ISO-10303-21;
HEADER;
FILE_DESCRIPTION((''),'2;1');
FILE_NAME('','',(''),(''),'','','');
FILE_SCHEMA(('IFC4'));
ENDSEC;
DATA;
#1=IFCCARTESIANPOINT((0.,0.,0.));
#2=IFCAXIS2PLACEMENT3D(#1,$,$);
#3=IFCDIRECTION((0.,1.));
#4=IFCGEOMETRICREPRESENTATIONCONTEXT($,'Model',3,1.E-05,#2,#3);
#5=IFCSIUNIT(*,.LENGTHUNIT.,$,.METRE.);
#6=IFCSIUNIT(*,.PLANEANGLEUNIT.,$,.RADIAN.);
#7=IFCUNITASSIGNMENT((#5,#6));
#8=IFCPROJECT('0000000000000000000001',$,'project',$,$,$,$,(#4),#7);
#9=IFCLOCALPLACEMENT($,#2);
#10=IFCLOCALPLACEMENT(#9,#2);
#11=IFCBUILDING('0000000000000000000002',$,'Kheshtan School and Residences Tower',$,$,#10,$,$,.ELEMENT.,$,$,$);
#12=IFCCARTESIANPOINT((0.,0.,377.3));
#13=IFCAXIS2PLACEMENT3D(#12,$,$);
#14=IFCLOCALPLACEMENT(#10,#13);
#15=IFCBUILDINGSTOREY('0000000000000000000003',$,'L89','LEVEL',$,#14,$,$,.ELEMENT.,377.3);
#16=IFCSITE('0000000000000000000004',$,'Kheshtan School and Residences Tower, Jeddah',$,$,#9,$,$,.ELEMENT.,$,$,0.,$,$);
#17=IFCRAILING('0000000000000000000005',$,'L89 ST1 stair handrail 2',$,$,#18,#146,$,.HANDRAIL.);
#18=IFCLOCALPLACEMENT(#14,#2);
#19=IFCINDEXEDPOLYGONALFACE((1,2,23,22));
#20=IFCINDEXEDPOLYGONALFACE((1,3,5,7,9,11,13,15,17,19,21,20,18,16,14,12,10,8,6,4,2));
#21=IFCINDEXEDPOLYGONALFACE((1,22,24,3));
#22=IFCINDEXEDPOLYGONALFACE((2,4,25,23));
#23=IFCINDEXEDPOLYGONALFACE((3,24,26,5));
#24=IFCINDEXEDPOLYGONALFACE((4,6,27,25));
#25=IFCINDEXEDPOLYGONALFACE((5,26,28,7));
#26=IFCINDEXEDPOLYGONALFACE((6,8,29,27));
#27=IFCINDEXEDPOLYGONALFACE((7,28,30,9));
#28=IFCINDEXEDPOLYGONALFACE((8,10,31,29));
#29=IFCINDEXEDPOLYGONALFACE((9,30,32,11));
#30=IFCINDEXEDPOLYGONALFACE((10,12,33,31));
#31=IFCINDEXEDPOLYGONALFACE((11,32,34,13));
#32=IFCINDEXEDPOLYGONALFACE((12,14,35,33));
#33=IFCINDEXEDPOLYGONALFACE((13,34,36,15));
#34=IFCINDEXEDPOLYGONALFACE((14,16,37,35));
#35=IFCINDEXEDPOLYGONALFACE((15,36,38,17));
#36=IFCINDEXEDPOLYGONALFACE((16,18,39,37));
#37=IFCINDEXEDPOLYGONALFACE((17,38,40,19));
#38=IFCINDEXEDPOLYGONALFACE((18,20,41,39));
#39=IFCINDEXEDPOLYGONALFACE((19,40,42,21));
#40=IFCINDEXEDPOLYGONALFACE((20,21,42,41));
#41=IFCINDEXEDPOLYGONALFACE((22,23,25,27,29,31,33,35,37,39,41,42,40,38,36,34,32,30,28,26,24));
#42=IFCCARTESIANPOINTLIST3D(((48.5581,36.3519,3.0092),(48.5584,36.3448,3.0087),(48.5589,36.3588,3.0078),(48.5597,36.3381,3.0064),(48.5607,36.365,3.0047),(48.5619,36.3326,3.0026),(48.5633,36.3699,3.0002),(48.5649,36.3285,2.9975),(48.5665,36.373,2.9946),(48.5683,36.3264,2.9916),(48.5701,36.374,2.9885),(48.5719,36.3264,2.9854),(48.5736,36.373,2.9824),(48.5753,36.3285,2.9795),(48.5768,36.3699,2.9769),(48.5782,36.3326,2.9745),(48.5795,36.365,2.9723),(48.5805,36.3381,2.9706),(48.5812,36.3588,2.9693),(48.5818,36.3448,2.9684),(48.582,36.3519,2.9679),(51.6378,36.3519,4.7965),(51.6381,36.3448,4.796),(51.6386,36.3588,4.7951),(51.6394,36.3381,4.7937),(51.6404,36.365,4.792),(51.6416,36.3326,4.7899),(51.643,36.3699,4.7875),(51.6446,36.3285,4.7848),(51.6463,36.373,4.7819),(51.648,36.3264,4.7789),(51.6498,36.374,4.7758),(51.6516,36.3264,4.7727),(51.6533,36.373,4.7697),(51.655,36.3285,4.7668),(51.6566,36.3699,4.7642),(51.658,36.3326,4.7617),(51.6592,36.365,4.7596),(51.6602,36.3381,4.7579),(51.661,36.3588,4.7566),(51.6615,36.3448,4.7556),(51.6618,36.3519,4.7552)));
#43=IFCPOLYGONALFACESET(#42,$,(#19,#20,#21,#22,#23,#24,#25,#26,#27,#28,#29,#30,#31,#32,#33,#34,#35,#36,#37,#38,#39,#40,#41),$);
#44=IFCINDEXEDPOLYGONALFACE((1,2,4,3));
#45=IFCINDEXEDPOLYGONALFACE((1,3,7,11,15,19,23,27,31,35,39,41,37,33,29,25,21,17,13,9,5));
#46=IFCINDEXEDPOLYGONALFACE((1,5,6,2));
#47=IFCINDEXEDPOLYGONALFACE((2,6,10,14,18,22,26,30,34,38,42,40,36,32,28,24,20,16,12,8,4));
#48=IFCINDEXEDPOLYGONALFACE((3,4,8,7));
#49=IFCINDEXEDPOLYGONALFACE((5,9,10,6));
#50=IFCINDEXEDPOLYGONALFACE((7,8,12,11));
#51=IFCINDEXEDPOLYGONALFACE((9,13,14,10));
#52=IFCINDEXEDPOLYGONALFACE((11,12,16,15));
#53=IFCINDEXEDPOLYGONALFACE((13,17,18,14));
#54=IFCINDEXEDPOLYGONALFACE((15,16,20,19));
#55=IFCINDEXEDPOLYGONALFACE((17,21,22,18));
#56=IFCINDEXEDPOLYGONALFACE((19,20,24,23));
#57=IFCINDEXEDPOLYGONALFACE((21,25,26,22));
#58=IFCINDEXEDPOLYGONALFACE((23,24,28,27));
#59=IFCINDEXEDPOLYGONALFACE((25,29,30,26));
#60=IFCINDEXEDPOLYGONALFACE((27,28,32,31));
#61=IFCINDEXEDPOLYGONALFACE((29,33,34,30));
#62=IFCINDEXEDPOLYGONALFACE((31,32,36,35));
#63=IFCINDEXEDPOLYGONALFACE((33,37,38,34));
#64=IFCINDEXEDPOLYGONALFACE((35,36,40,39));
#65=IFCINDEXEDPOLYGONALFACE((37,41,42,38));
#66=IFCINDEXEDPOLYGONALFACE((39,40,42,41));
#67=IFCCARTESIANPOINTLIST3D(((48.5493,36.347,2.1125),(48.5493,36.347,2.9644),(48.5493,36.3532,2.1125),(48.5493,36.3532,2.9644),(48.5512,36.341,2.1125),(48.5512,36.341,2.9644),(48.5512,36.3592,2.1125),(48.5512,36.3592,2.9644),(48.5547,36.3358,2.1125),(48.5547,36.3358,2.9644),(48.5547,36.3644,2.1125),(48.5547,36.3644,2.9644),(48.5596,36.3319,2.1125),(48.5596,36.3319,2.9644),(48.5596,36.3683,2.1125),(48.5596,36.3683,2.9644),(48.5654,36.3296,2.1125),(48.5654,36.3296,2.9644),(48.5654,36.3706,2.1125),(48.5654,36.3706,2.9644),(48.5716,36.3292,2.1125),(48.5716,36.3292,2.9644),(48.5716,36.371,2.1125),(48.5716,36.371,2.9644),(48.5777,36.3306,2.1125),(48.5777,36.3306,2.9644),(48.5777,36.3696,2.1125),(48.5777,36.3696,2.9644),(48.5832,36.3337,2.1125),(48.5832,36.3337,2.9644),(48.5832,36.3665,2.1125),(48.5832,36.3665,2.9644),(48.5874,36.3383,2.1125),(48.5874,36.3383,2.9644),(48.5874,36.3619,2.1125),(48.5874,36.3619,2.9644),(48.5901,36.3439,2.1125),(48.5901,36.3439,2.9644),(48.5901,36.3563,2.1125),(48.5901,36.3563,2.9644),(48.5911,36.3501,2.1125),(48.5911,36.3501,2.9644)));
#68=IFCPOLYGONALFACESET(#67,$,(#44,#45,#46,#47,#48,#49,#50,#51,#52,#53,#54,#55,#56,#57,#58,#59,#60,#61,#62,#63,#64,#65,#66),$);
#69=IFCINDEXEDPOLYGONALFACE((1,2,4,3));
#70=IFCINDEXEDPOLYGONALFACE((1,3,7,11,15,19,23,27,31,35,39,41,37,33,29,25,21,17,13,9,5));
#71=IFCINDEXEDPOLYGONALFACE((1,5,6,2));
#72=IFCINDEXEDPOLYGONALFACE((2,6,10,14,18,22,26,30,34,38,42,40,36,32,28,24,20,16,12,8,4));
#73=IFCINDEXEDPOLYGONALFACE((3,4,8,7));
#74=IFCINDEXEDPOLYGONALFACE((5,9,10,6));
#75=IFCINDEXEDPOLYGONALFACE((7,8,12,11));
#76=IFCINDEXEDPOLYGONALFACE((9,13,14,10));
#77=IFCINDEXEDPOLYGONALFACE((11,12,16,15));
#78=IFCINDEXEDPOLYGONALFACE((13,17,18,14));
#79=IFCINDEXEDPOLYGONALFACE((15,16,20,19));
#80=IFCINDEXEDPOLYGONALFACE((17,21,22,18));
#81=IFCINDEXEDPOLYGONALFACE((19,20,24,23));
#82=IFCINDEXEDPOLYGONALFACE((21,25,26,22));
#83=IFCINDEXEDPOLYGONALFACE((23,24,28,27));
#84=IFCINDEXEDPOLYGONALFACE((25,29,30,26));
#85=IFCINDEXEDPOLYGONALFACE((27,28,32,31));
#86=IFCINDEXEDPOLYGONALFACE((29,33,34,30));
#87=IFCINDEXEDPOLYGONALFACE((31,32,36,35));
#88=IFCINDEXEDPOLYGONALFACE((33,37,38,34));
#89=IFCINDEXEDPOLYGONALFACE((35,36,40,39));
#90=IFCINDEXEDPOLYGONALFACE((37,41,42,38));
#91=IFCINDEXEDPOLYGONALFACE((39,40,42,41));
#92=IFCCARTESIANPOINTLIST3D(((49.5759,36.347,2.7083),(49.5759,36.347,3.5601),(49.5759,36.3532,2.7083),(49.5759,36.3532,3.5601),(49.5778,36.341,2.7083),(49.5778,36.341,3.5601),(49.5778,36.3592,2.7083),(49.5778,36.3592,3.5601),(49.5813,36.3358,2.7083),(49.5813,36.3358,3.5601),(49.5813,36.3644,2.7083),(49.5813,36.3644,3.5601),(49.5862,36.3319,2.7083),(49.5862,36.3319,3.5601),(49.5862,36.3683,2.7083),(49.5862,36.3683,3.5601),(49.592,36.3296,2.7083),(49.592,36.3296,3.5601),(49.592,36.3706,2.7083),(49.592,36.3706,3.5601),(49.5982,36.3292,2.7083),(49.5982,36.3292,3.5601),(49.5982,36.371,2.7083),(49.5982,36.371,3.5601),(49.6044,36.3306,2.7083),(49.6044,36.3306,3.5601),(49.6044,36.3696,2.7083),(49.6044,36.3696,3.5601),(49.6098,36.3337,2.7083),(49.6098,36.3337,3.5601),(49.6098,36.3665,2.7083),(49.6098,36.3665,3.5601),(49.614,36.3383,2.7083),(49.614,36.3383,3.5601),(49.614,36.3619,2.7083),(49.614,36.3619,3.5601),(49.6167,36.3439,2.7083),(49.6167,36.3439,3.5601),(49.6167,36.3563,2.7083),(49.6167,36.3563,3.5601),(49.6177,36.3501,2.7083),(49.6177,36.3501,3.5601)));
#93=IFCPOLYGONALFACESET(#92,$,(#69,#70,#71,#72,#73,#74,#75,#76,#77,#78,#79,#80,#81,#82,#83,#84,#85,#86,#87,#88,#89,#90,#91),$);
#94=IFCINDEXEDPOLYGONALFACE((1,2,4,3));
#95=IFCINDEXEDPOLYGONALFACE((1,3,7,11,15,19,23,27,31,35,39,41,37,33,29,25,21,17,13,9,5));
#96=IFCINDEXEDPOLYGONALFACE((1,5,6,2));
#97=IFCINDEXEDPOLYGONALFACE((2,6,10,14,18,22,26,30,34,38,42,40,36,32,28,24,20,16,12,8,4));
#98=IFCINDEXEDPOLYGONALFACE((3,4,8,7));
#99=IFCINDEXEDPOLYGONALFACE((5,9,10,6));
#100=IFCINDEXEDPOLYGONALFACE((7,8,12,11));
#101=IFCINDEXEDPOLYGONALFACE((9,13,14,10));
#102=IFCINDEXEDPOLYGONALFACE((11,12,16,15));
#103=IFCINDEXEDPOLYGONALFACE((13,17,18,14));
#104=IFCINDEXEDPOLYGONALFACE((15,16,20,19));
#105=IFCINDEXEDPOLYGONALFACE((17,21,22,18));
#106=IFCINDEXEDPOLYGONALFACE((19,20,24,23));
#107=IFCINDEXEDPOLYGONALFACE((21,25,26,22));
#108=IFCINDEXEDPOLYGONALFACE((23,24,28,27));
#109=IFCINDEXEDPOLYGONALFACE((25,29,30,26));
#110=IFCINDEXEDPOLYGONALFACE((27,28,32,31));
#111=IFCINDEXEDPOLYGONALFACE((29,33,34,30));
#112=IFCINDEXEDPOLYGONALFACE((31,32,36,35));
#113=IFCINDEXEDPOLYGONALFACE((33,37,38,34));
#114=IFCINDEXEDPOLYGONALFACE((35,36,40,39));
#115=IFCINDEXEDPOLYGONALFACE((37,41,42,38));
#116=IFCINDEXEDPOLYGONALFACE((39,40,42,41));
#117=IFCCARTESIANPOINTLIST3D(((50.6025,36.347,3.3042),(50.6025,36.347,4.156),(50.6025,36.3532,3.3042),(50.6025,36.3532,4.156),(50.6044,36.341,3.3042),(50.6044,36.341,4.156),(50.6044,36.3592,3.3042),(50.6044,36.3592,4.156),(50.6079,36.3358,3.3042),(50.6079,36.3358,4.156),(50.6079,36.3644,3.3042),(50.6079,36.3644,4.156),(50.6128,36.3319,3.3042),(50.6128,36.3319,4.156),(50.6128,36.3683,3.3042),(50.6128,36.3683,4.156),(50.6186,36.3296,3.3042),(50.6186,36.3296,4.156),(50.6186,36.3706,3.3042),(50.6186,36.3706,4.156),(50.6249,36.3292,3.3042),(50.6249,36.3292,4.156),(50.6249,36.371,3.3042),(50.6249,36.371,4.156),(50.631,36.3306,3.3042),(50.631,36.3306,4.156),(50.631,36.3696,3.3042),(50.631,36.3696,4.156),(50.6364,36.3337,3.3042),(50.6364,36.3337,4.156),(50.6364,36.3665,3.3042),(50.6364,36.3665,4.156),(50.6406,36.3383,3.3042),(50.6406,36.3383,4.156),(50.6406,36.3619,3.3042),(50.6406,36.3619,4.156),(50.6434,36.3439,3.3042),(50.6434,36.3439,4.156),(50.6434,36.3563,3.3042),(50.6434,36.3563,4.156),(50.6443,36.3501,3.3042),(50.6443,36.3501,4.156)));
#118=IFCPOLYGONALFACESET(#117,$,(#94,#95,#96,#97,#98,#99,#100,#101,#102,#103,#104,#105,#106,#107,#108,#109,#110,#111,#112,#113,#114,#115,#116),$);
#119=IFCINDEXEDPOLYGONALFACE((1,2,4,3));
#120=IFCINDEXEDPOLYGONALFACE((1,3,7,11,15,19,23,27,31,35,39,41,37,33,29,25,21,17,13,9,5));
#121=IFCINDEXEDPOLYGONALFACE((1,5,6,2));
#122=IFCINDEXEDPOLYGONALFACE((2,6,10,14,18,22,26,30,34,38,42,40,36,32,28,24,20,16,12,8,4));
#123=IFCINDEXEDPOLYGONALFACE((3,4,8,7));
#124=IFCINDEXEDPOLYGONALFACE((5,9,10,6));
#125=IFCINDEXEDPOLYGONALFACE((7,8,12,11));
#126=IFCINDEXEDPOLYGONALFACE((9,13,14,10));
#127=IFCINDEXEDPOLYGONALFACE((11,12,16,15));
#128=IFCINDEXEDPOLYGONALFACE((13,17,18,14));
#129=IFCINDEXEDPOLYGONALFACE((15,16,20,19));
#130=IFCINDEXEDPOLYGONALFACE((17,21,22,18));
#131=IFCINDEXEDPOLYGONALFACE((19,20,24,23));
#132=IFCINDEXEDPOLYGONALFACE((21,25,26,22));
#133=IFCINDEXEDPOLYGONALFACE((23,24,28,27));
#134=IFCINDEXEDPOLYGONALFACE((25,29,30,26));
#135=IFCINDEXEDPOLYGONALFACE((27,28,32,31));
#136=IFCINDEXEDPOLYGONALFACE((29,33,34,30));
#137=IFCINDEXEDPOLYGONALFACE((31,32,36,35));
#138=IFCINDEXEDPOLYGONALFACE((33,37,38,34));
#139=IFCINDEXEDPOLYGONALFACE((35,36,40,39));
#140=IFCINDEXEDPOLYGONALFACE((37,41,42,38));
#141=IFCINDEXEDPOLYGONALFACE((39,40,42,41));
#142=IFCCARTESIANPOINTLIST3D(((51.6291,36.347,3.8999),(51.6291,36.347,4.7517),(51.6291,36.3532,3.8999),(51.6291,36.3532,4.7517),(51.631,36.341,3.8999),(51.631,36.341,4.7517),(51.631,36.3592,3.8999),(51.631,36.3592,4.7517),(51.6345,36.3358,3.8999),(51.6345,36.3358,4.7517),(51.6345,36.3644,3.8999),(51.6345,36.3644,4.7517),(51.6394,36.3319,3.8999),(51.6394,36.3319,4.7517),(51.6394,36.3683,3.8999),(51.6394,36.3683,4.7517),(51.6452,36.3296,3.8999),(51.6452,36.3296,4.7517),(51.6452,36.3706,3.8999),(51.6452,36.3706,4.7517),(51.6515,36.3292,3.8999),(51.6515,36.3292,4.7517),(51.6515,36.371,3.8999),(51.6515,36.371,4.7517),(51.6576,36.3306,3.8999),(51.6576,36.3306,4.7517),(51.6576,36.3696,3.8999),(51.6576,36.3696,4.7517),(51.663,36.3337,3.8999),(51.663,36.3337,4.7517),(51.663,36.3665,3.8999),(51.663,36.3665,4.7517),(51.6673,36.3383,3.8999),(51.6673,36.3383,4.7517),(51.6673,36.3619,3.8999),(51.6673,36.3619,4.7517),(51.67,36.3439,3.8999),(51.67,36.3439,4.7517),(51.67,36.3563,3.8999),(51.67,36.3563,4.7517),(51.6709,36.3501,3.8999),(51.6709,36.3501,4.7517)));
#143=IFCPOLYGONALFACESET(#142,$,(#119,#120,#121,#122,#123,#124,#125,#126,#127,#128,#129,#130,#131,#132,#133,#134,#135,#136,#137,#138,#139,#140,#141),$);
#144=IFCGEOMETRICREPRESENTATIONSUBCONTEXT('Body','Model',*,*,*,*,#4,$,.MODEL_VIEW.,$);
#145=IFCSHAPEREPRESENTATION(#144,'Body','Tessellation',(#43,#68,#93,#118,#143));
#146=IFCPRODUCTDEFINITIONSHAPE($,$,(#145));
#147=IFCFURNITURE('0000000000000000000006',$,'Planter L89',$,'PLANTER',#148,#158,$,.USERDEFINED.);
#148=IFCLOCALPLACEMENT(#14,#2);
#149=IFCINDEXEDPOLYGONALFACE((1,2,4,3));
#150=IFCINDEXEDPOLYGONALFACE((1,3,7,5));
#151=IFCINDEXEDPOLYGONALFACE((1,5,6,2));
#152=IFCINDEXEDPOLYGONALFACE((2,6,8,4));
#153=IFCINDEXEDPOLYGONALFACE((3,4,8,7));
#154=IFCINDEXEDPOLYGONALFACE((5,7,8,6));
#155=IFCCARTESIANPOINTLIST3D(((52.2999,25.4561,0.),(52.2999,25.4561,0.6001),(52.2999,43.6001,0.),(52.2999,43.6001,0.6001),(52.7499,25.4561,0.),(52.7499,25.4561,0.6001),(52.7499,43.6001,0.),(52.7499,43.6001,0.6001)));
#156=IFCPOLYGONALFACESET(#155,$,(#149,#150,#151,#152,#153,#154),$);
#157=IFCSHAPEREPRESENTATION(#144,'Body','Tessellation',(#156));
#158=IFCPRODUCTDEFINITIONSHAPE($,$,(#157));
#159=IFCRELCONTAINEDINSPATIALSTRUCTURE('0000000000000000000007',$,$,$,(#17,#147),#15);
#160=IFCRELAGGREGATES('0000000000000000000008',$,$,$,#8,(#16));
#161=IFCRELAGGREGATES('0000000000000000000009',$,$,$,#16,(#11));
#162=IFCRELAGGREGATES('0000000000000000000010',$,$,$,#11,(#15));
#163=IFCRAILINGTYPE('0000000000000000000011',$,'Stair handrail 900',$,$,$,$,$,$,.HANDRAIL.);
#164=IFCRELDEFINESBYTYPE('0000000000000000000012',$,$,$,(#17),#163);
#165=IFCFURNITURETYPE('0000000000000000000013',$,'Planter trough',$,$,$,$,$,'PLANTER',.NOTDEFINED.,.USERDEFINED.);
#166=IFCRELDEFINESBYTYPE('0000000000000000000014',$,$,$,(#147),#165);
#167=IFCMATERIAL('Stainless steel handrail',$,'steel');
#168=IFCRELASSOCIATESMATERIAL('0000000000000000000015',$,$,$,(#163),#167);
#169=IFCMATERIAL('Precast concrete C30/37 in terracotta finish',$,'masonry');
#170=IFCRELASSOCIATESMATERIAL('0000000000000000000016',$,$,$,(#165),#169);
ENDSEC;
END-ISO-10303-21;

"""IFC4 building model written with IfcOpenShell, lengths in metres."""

from ifc_helpers import new_model, si_unit, direction, frame, origin, origin_2d, place, context, subcontext, project, spatial, rectangle, circle, extrude, material, type_object, element, save


model = new_model("IFC4")

# Units and contexts
model_context = context("Model", 3, precision=1e-05, world=origin(), true_north=direction((0.0, 1.0)))
body_context = subcontext(model_context, "Body", "Model", "MODEL_VIEW")
ifc_project = project(units=[si_unit("LENGTHUNIT", "METRE"), si_unit("PLANEANGLEUNIT", "RADIAN")], contexts=[model_context])

# Site, building, storey
site_placement = place(None, origin())
site = spatial("IfcSite", under=ifc_project, at=site_placement, Name="Kheshtan School and Residences Tower, Jeddah", CompositionType="ELEMENT", RefElevation=0.0)
building_placement = place(site_placement, origin())
building = spatial("IfcBuilding", under=site, at=building_placement, Name="Kheshtan School and Residences Tower", CompositionType="ELEMENT")
storey_placement = place(building_placement, frame((0.0, 0.0, 377.3)))
storey = spatial("IfcBuildingStorey", under=building, at=storey_placement, Name="L89", Description="LEVEL", CompositionType="ELEMENT", Elevation=377.3)

# Railing
ifc_material_1 = material(Name="Stainless steel handrail", Category="steel")
railing_type_1 = type_object("IfcRailingType", Name="Stair handrail 900", PredefinedType="HANDRAIL", material=ifc_material_1)
railing_1_placement = place(storey_placement, frame((48.5701, 36.3501, 2.1125)))
element("IfcRailing", 1, at=railing_1_placement, inside=storey, type_object=railing_type_1, Name="L89 ST1 stair handrail 2", PredefinedType="HANDRAIL", context=body_context, shape_type="SweptSolid", body=[
    extrude(circle(Radius=0.0239, at=origin_2d()), frame((0.0, 0.0, 0.876), z_axis=(0.864903, 0.0, 0.501939), x_axis=(0.0, 1.0, 0.0)), (0.0, 0.0, 1.0), 3.5608),
    extrude(circle(Radius=0.021, at=origin_2d()), origin(), (0.0, 0.0, 1.0), 0.8518),
    extrude(circle(Radius=0.021, at=origin_2d()), frame((1.0266, 0.0, 0.5957)), (0.0, 0.0, 1.0), 0.8518),
    extrude(circle(Radius=0.021, at=origin_2d()), frame((2.0532, 0.0, 1.1917)), (0.0, 0.0, 1.0), 0.8518),
    extrude(circle(Radius=0.021, at=origin_2d()), frame((3.0798, 0.0, 1.7874)), (0.0, 0.0, 1.0), 0.8518),
])

# Furniture
ifc_material_2 = material(Name="Precast concrete C30/37 in terracotta finish", Category="masonry")
furniture_type = type_object("IfcFurnitureType", Name="Planter trough", ElementType="PLANTER", AssemblyPlace="NOTDEFINED", PredefinedType="USERDEFINED", material=ifc_material_2)
furniture_placement = place(storey_placement, frame((52.5249, 34.5281, 0.0), z_axis=(0.0, 0.0, 1.0), x_axis=(0.0, -1.0, 0.0)))
element("IfcFurniture", 2, at=furniture_placement, inside=storey, type_object=furniture_type, Name="Planter L89", ObjectType="PLANTER", PredefinedType="USERDEFINED", context=body_context, shape_type="SweptSolid", body=[
    extrude(rectangle(XDim=18.144, YDim=0.45, at=origin_2d()), origin(), (0.0, 0.0, 1.0), 0.6001),
])

save(model, "model.ifc")
